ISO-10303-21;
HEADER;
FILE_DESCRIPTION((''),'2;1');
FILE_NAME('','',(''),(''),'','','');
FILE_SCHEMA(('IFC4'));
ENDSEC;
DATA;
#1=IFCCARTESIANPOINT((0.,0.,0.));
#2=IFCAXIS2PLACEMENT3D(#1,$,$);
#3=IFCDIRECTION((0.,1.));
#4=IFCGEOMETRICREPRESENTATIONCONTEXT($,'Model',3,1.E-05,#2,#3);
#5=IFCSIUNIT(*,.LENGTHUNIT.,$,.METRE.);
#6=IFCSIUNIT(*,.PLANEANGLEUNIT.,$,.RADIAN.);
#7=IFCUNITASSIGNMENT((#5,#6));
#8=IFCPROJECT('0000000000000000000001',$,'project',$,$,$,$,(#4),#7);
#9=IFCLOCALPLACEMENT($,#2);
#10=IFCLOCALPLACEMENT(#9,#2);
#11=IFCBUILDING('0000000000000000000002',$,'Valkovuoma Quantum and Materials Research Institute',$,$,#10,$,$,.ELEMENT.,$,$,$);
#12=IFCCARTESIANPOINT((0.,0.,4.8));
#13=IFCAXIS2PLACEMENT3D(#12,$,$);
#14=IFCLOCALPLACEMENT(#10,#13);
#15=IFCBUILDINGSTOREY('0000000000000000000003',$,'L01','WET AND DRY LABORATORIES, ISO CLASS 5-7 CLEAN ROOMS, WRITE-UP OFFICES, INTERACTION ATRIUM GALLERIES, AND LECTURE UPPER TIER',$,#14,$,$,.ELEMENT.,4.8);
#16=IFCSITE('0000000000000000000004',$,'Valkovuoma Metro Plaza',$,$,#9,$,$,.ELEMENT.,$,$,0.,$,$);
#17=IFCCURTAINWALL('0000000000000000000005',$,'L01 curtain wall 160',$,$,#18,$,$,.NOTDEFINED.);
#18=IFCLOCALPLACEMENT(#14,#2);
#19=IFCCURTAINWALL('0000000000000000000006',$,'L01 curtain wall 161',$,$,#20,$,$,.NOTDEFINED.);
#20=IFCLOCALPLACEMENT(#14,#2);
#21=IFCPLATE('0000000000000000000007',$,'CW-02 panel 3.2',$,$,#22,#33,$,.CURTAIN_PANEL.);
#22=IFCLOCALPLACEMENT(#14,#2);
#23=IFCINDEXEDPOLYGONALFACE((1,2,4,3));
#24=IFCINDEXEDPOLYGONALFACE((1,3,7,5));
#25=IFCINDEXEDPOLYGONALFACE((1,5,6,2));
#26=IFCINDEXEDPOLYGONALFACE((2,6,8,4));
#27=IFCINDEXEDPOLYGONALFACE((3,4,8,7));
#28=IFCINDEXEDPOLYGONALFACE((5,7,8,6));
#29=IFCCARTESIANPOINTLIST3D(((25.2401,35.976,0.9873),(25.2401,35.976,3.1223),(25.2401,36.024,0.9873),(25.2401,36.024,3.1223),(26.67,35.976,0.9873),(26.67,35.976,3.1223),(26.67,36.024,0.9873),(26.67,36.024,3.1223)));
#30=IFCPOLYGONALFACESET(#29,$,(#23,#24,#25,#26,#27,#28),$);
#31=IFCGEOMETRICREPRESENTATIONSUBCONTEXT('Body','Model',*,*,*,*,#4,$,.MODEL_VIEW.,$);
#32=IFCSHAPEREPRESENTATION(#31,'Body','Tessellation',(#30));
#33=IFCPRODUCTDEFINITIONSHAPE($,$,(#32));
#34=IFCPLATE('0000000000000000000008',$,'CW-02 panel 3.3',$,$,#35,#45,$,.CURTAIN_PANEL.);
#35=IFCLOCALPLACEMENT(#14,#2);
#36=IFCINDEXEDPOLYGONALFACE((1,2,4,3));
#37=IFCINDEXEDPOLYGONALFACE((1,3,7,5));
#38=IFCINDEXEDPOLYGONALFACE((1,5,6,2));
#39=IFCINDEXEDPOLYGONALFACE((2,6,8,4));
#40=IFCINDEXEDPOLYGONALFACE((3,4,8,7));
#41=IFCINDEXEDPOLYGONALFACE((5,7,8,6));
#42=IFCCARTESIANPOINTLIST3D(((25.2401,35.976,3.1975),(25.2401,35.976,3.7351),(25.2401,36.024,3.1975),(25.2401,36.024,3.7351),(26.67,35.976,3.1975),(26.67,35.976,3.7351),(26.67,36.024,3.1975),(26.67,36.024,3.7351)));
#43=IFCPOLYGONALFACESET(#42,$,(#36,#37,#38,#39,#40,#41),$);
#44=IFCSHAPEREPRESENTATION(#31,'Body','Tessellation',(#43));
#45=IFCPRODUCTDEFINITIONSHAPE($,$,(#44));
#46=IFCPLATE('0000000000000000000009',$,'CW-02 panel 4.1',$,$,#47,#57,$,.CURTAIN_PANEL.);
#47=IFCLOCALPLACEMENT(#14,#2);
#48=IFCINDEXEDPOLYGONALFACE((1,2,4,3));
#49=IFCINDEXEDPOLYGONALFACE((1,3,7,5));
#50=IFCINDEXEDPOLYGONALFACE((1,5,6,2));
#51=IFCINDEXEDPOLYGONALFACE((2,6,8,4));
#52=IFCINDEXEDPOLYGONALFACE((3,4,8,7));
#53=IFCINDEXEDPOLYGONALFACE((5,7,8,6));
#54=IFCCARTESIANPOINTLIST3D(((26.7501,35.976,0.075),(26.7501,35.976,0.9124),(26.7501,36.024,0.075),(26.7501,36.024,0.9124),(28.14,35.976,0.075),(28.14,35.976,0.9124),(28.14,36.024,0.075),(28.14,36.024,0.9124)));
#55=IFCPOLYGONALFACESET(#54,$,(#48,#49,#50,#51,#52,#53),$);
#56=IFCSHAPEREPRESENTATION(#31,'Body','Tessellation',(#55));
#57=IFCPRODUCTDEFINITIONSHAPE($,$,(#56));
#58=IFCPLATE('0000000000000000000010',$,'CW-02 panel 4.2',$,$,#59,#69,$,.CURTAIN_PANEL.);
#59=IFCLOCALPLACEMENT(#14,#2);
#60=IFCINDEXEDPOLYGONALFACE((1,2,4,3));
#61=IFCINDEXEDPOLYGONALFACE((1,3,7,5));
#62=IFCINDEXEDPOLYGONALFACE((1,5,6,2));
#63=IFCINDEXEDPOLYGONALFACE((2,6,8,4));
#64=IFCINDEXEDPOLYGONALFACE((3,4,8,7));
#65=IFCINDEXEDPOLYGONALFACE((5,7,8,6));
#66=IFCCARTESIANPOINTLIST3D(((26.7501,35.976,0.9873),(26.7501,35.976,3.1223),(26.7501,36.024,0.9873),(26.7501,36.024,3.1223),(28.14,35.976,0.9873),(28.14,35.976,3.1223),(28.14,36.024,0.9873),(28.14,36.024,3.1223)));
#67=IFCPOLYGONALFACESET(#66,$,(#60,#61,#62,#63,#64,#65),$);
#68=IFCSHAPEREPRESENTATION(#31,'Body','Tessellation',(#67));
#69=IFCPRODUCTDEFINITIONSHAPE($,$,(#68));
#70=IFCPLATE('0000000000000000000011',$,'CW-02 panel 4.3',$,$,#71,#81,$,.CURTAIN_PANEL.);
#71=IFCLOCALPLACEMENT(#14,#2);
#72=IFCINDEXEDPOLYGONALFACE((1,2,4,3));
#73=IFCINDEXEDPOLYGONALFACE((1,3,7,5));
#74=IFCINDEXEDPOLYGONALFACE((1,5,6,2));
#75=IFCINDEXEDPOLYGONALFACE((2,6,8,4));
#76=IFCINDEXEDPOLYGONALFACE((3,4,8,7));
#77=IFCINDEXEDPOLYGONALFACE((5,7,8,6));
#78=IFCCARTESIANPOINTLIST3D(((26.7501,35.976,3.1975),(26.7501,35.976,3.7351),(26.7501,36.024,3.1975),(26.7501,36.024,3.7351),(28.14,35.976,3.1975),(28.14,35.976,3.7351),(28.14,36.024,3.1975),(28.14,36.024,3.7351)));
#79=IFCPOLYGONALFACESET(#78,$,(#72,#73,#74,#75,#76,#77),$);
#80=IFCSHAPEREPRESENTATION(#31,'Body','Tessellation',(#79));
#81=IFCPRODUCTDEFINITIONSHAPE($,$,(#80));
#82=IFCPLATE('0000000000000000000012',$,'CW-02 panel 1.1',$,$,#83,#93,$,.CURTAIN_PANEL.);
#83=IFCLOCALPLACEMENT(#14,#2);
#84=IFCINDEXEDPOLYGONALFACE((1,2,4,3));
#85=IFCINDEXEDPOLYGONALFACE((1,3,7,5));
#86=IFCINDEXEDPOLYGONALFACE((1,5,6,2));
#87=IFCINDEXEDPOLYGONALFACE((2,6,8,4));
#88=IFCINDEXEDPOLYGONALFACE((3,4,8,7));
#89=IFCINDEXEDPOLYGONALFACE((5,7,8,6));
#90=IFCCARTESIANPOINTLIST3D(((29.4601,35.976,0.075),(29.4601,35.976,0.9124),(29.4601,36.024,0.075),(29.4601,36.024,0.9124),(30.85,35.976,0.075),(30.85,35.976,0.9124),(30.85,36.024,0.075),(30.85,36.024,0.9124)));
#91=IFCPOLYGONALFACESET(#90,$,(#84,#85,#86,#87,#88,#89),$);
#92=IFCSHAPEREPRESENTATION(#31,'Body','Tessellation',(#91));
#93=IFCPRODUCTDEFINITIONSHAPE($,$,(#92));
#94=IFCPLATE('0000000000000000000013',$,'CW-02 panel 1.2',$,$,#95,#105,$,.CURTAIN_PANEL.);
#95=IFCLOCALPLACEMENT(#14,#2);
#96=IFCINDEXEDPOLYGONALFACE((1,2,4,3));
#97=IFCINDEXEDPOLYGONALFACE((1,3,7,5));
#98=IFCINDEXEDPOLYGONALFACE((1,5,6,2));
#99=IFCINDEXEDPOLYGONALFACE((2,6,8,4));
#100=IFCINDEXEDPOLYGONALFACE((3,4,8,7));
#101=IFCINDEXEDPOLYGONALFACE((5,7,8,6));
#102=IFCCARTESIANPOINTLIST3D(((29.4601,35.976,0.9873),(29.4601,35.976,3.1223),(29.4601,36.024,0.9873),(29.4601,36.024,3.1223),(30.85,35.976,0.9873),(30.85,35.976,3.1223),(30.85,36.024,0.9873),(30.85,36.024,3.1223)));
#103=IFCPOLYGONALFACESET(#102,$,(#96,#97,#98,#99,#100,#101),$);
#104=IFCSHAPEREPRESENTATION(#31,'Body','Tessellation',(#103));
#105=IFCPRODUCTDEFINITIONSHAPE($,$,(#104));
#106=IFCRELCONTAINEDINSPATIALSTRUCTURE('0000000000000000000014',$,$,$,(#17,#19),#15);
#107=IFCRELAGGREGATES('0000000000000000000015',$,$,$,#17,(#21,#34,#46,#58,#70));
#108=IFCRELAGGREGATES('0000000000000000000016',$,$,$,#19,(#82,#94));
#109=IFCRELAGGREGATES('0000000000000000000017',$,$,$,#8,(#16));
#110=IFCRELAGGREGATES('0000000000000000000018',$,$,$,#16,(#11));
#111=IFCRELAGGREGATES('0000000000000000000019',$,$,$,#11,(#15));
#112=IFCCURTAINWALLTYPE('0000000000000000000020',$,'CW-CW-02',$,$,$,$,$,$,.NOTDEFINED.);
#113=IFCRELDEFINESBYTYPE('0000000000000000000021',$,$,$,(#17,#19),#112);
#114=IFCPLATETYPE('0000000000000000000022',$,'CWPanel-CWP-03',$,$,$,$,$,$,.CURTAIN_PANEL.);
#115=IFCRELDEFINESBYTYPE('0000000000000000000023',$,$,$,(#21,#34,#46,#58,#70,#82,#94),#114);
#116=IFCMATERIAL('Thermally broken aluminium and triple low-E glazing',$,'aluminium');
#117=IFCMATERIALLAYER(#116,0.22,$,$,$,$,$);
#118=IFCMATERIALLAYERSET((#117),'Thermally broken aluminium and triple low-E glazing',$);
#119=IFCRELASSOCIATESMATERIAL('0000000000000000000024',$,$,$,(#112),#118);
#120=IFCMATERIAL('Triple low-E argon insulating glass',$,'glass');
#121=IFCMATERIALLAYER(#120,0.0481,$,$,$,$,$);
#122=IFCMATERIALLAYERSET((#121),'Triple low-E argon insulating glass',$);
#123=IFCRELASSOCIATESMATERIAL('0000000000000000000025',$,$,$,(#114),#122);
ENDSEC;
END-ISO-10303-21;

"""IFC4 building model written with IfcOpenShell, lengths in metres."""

from ifc_helpers import new_model, si_unit, direction, frame, origin, origin_2d, place, context, subcontext, project, spatial, rectangle, extrude, material, layer, layer_set, type_object, element, aggregate, save


model = new_model("IFC4")

# Units and contexts
model_context = context("Model", 3, precision=1e-05, world=origin(), true_north=direction((0.0, 1.0)))
body_context = subcontext(model_context, "Body", "Model", "MODEL_VIEW")
ifc_project = project(units=[si_unit("LENGTHUNIT", "METRE"), si_unit("PLANEANGLEUNIT", "RADIAN")], contexts=[model_context])

# Site, building, storey
site_placement = place(None, origin())
site = spatial("IfcSite", under=ifc_project, at=site_placement, Name="Valkovuoma Metro Plaza", CompositionType="ELEMENT", RefElevation=0.0)
building_placement = place(site_placement, origin())
building = spatial("IfcBuilding", under=site, at=building_placement, Name="Valkovuoma Quantum and Materials Research Institute", CompositionType="ELEMENT")
storey_placement = place(building_placement, frame((0.0, 0.0, 4.8)))
storey = spatial("IfcBuildingStorey", under=building, at=storey_placement, Name="L01", Description="WET AND DRY LABORATORIES, ISO CLASS 5-7 CLEAN ROOMS, WRITE-UP OFFICES, INTERACTION ATRIUM GALLERIES, AND LECTURE UPPER TIER", CompositionType="ELEMENT", Elevation=4.8)

# Curtain wall
ifc_material_1 = material(Name="Thermally broken aluminium and triple low-E glazing", Category="aluminium")
ifc_layer_1 = layer(ifc_material_1, 0.22)
ifc_layer_set_1 = layer_set([ifc_layer_1], Name="Thermally broken aluminium and triple low-E glazing")
curtain_wall_type = type_object("IfcCurtainWallType", Name="CW-CW-02", PredefinedType="NOTDEFINED", material=ifc_layer_set_1)
curtain_wall_1_placement = place(storey_placement, origin())
curtain_wall_1 = element("IfcCurtainWall", 1, at=curtain_wall_1_placement, inside=storey, type_object=curtain_wall_type, Name="L01 curtain wall 160", PredefinedType="NOTDEFINED")

# Curtain wall
curtain_wall_2_placement = place(storey_placement, origin())
curtain_wall_2 = element("IfcCurtainWall", 2, at=curtain_wall_2_placement, inside=storey, type_object=curtain_wall_type, Name="L01 curtain wall 161", PredefinedType="NOTDEFINED")

# Plates
ifc_material_2 = material(Name="Triple low-E argon insulating glass", Category="glass")
ifc_layer_2 = layer(ifc_material_2, 0.0481)
ifc_layer_set_2 = layer_set([ifc_layer_2], Name="Triple low-E argon insulating glass")
plate_type = type_object("IfcPlateType", Name="CWPanel-CWP-03", PredefinedType="CURTAIN_PANEL", material=ifc_layer_set_2)
plate_1_placement = place(storey_placement, frame((25.9551, 36.0, 0.9873), z_axis=(0.0, 0.0, 1.0), x_axis=(1.0, 0.0, 0.0)))
plate_1 = element("IfcPlate", 3, at=plate_1_placement, type_object=plate_type, Name="CW-02 panel 3.2", PredefinedType="CURTAIN_PANEL", context=body_context, shape_type="SweptSolid", body=[
    extrude(rectangle(XDim=1.4299, YDim=0.0481, at=origin_2d()), origin(), (0.0, 0.0, 1.0), 2.135),
])
plate_2_placement = place(storey_placement, frame((25.9551, 36.0, 3.1975), z_axis=(0.0, 0.0, 1.0), x_axis=(1.0, 0.0, 0.0)))
plate_2 = element("IfcPlate", 4, at=plate_2_placement, type_object=plate_type, Name="CW-02 panel 3.3", PredefinedType="CURTAIN_PANEL", context=body_context, shape_type="SweptSolid", body=[
    extrude(rectangle(XDim=1.4299, YDim=0.0481, at=origin_2d()), origin(), (0.0, 0.0, 1.0), 0.5376),
])
plate_3_placement = place(storey_placement, frame((27.4451, 36.0, 0.075), z_axis=(0.0, 0.0, 1.0), x_axis=(1.0, 0.0, 0.0)))
plate_3 = element("IfcPlate", 5, at=plate_3_placement, type_object=plate_type, Name="CW-02 panel 4.1", PredefinedType="CURTAIN_PANEL", context=body_context, shape_type="SweptSolid", body=[
    extrude(rectangle(XDim=1.3899, YDim=0.0481, at=origin_2d()), origin(), (0.0, 0.0, 1.0), 0.8374),
])
plate_4_placement = place(storey_placement, frame((27.4451, 36.0, 0.9873), z_axis=(0.0, 0.0, 1.0), x_axis=(1.0, 0.0, 0.0)))
plate_4 = element("IfcPlate", 6, at=plate_4_placement, type_object=plate_type, Name="CW-02 panel 4.2", PredefinedType="CURTAIN_PANEL", context=body_context, shape_type="SweptSolid", body=[
    extrude(rectangle(XDim=1.3899, YDim=0.0481, at=origin_2d()), origin(), (0.0, 0.0, 1.0), 2.135),
])
plate_5_placement = place(storey_placement, frame((27.4451, 36.0, 3.1975), z_axis=(0.0, 0.0, 1.0), x_axis=(1.0, 0.0, 0.0)))
plate_5 = element("IfcPlate", 7, at=plate_5_placement, type_object=plate_type, Name="CW-02 panel 4.3", PredefinedType="CURTAIN_PANEL", context=body_context, shape_type="SweptSolid", body=[
    extrude(rectangle(XDim=1.3899, YDim=0.0481, at=origin_2d()), origin(), (0.0, 0.0, 1.0), 0.5376),
])
aggregate(curtain_wall_1, [plate_1, plate_2, plate_3, plate_4, plate_5])
plate_6_placement = place(storey_placement, frame((30.155, 36.0, 0.075), z_axis=(0.0, 0.0, 1.0), x_axis=(1.0, 0.0, 0.0)))
plate_6 = element("IfcPlate", 8, at=plate_6_placement, type_object=plate_type, Name="CW-02 panel 1.1", PredefinedType="CURTAIN_PANEL", context=body_context, shape_type="SweptSolid", body=[
    extrude(rectangle(XDim=1.3899, YDim=0.0481, at=origin_2d()), origin(), (0.0, 0.0, 1.0), 0.8374),
])
plate_7_placement = place(storey_placement, frame((30.155, 36.0, 0.9873), z_axis=(0.0, 0.0, 1.0), x_axis=(1.0, 0.0, 0.0)))
plate_7 = element("IfcPlate", 9, at=plate_7_placement, type_object=plate_type, Name="CW-02 panel 1.2", PredefinedType="CURTAIN_PANEL", context=body_context, shape_type="SweptSolid", body=[
    extrude(rectangle(XDim=1.3899, YDim=0.0481, at=origin_2d()), origin(), (0.0, 0.0, 1.0), 2.135),
])
aggregate(curtain_wall_2, [plate_6, plate_7])

save(model, "model.ifc")
